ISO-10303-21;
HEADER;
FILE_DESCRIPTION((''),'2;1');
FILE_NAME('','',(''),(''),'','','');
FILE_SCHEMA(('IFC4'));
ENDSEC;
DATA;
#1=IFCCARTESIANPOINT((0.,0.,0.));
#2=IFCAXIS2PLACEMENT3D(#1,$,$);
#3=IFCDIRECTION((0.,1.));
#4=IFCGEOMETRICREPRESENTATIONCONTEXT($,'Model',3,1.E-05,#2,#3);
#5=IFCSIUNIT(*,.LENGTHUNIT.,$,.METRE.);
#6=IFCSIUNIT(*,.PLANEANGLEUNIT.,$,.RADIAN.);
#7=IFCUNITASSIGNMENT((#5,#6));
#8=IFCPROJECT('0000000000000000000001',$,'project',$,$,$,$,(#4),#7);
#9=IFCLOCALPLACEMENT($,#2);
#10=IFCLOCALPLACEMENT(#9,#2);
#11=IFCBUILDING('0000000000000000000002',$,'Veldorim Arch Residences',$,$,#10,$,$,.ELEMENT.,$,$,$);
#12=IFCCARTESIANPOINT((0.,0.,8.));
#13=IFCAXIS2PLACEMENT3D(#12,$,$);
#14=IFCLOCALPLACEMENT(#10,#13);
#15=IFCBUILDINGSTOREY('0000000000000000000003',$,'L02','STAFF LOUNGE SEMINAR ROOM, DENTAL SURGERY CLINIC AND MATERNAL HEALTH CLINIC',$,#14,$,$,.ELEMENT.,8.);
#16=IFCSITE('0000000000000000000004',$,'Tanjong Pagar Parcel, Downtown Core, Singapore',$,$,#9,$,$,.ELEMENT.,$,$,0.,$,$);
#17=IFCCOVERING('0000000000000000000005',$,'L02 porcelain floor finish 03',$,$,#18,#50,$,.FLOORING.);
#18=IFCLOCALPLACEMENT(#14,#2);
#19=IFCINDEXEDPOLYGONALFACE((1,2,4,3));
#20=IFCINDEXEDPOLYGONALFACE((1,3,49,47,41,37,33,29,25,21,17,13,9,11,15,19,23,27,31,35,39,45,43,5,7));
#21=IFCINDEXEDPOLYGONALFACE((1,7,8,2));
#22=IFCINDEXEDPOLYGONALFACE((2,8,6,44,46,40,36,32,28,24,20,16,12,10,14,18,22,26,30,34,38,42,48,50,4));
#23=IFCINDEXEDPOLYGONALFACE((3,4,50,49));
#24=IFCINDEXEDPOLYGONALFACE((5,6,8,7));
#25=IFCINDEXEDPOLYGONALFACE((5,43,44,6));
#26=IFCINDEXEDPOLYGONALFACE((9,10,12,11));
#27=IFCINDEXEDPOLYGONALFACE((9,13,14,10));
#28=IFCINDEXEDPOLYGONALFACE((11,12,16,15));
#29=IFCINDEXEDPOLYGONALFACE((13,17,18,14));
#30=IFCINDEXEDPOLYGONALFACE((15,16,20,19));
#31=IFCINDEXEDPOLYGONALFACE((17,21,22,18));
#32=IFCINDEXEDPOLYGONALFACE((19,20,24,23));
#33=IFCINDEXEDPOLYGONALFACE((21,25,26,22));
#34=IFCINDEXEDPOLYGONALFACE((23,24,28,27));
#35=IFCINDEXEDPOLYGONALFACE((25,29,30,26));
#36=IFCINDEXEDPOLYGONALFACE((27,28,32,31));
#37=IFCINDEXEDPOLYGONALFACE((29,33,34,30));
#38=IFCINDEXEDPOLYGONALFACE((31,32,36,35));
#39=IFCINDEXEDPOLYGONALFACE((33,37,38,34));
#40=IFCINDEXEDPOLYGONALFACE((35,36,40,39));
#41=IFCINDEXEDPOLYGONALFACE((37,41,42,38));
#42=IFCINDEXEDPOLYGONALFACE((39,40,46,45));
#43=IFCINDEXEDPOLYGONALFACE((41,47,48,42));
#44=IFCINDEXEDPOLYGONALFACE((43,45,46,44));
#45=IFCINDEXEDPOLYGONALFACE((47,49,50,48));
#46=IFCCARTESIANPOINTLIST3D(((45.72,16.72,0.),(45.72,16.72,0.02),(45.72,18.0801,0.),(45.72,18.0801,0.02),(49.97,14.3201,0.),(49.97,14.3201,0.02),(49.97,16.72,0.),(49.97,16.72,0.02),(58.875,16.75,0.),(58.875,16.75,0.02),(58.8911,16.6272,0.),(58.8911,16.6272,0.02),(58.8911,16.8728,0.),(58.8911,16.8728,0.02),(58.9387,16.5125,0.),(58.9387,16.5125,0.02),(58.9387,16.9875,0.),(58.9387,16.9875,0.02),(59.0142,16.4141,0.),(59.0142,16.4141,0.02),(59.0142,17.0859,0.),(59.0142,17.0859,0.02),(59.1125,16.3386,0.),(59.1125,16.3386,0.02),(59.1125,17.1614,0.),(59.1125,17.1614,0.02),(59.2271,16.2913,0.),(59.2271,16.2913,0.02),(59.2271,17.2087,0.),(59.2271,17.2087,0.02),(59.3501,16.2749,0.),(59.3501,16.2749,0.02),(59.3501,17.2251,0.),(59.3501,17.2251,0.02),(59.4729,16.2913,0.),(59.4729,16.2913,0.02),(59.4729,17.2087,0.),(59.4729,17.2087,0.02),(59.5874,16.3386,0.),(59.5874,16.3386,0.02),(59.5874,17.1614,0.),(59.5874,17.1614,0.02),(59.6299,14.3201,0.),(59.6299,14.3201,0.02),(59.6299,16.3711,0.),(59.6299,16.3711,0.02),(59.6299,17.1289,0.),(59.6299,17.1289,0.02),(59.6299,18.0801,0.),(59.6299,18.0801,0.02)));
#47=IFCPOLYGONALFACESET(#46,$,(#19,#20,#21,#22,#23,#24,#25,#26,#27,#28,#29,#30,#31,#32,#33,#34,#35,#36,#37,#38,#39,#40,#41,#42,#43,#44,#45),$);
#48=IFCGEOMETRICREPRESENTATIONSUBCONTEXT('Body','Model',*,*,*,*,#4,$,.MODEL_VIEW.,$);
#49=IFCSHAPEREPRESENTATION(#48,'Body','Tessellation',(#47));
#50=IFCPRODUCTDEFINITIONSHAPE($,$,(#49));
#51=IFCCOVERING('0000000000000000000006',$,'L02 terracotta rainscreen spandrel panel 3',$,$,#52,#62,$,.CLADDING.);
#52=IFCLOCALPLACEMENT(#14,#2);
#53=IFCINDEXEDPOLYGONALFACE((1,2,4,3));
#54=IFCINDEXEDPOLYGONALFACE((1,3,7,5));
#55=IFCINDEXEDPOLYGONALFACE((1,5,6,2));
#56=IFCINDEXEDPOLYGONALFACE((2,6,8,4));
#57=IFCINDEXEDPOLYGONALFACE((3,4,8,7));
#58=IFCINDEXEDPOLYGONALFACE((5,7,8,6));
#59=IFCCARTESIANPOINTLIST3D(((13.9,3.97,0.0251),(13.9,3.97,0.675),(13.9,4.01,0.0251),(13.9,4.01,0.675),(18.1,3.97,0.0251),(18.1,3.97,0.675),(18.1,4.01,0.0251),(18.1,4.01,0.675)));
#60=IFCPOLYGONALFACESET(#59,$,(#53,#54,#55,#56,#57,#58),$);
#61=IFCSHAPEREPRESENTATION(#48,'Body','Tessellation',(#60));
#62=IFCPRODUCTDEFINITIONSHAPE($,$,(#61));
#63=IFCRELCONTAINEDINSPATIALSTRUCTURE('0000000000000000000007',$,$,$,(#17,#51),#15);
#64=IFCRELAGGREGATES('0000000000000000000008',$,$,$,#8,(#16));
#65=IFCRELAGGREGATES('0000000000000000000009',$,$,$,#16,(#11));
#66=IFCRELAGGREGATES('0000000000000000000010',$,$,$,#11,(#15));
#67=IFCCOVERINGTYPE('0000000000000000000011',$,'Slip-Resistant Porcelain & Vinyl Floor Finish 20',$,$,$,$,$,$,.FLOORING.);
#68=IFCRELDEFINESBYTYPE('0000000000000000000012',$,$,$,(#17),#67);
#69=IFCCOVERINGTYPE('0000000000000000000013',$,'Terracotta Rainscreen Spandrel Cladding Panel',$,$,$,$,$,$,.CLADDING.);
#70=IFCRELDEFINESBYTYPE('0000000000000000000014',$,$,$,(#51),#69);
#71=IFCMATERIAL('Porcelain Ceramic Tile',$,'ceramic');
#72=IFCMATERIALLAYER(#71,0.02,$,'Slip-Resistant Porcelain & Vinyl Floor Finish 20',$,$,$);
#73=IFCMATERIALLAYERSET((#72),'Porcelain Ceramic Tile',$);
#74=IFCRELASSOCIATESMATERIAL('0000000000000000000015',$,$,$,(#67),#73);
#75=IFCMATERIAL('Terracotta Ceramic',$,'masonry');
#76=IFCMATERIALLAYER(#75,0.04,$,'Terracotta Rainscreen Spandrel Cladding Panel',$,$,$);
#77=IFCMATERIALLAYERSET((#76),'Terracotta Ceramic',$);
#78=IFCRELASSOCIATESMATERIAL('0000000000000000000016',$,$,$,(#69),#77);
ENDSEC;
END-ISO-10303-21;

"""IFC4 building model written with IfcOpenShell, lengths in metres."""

from ifc_helpers import new_model, si_unit, direction, frame, origin, origin_2d, place, context, subcontext, project, spatial, polyline, rectangle, outline, extrude, material, layer, layer_set, type_object, element, save


model = new_model("IFC4")

# Units and contexts
model_context = context("Model", 3, precision=1e-05, world=origin(), true_north=direction((0.0, 1.0)))
body_context = subcontext(model_context, "Body", "Model", "MODEL_VIEW")
ifc_project = project(units=[si_unit("LENGTHUNIT", "METRE"), si_unit("PLANEANGLEUNIT", "RADIAN")], contexts=[model_context])

# Site, building, storey
site_placement = place(None, origin())
site = spatial("IfcSite", under=ifc_project, at=site_placement, Name="Tanjong Pagar Parcel, Downtown Core, Singapore", CompositionType="ELEMENT", RefElevation=0.0)
building_placement = place(site_placement, origin())
building = spatial("IfcBuilding", under=site, at=building_placement, Name="Veldorim Arch Residences", CompositionType="ELEMENT")
storey_placement = place(building_placement, frame((0.0, 0.0, 8.0)))
storey = spatial("IfcBuildingStorey", under=building, at=storey_placement, Name="L02", Description="STAFF LOUNGE SEMINAR ROOM, DENTAL SURGERY CLINIC AND MATERNAL HEALTH CLINIC", CompositionType="ELEMENT", Elevation=8.0)

# Coverings
ifc_material_1 = material(Name="Porcelain Ceramic Tile", Category="ceramic")
ifc_layer_1 = layer(ifc_material_1, 0.02, Name="Slip-Resistant Porcelain & Vinyl Floor Finish 20")
ifc_layer_set_1 = layer_set([ifc_layer_1], Name="Porcelain Ceramic Tile")
covering_type_1 = type_object("IfcCoveringType", Name="Slip-Resistant Porcelain & Vinyl Floor Finish 20", PredefinedType="FLOORING", material=ifc_layer_set_1)
covering_1_placement = place(storey_placement, origin())
element("IfcCovering", 1, at=covering_1_placement, inside=storey, type_object=covering_type_1, Name="L02 porcelain floor finish 03", PredefinedType="FLOORING", context=body_context, shape_type="SweptSolid", body=[
    extrude(outline(polyline([(49.97, 16.72), (45.72, 16.72), (45.72, 18.0801), (59.6299, 18.0801), (59.6299, 17.1289), (59.5874, 17.1614), (59.4729, 17.2087), (59.3501, 17.2251), (59.2271, 17.2087), (59.1125, 17.1614), (59.0142, 17.0859), (58.9387, 16.9875), (58.8911, 16.8728), (58.875, 16.75), (58.8911, 16.6272), (58.9387, 16.5125), (59.0142, 16.4141), (59.1125, 16.3386), (59.2271, 16.2913), (59.3501, 16.2749), (59.4729, 16.2913), (59.5874, 16.3386), (59.6299, 16.3711), (59.6299, 14.3201), (49.97, 14.3201), (49.97, 16.72)])), origin(), (0.0, 0.0, 1.0), 0.02),
])
ifc_material_2 = material(Name="Terracotta Ceramic", Category="masonry")
ifc_layer_2 = layer(ifc_material_2, 0.04, Name="Terracotta Rainscreen Spandrel Cladding Panel")
ifc_layer_set_2 = layer_set([ifc_layer_2], Name="Terracotta Ceramic")
covering_type_2 = type_object("IfcCoveringType", Name="Terracotta Rainscreen Spandrel Cladding Panel", PredefinedType="CLADDING", material=ifc_layer_set_2)
covering_2_placement = place(storey_placement, frame((16.0, 3.99, 0.0251), z_axis=(0.0, 0.0, 1.0), x_axis=(1.0, 0.0, 0.0)))
element("IfcCovering", 2, at=covering_2_placement, inside=storey, type_object=covering_type_2, Name="L02 terracotta rainscreen spandrel panel 3", PredefinedType="CLADDING", context=body_context, shape_type="SweptSolid", body=[
    extrude(rectangle(XDim=4.2, YDim=0.04, at=origin_2d()), origin(), (0.0, 0.0, 1.0), 0.6499),
])

save(model, "model.ifc")
